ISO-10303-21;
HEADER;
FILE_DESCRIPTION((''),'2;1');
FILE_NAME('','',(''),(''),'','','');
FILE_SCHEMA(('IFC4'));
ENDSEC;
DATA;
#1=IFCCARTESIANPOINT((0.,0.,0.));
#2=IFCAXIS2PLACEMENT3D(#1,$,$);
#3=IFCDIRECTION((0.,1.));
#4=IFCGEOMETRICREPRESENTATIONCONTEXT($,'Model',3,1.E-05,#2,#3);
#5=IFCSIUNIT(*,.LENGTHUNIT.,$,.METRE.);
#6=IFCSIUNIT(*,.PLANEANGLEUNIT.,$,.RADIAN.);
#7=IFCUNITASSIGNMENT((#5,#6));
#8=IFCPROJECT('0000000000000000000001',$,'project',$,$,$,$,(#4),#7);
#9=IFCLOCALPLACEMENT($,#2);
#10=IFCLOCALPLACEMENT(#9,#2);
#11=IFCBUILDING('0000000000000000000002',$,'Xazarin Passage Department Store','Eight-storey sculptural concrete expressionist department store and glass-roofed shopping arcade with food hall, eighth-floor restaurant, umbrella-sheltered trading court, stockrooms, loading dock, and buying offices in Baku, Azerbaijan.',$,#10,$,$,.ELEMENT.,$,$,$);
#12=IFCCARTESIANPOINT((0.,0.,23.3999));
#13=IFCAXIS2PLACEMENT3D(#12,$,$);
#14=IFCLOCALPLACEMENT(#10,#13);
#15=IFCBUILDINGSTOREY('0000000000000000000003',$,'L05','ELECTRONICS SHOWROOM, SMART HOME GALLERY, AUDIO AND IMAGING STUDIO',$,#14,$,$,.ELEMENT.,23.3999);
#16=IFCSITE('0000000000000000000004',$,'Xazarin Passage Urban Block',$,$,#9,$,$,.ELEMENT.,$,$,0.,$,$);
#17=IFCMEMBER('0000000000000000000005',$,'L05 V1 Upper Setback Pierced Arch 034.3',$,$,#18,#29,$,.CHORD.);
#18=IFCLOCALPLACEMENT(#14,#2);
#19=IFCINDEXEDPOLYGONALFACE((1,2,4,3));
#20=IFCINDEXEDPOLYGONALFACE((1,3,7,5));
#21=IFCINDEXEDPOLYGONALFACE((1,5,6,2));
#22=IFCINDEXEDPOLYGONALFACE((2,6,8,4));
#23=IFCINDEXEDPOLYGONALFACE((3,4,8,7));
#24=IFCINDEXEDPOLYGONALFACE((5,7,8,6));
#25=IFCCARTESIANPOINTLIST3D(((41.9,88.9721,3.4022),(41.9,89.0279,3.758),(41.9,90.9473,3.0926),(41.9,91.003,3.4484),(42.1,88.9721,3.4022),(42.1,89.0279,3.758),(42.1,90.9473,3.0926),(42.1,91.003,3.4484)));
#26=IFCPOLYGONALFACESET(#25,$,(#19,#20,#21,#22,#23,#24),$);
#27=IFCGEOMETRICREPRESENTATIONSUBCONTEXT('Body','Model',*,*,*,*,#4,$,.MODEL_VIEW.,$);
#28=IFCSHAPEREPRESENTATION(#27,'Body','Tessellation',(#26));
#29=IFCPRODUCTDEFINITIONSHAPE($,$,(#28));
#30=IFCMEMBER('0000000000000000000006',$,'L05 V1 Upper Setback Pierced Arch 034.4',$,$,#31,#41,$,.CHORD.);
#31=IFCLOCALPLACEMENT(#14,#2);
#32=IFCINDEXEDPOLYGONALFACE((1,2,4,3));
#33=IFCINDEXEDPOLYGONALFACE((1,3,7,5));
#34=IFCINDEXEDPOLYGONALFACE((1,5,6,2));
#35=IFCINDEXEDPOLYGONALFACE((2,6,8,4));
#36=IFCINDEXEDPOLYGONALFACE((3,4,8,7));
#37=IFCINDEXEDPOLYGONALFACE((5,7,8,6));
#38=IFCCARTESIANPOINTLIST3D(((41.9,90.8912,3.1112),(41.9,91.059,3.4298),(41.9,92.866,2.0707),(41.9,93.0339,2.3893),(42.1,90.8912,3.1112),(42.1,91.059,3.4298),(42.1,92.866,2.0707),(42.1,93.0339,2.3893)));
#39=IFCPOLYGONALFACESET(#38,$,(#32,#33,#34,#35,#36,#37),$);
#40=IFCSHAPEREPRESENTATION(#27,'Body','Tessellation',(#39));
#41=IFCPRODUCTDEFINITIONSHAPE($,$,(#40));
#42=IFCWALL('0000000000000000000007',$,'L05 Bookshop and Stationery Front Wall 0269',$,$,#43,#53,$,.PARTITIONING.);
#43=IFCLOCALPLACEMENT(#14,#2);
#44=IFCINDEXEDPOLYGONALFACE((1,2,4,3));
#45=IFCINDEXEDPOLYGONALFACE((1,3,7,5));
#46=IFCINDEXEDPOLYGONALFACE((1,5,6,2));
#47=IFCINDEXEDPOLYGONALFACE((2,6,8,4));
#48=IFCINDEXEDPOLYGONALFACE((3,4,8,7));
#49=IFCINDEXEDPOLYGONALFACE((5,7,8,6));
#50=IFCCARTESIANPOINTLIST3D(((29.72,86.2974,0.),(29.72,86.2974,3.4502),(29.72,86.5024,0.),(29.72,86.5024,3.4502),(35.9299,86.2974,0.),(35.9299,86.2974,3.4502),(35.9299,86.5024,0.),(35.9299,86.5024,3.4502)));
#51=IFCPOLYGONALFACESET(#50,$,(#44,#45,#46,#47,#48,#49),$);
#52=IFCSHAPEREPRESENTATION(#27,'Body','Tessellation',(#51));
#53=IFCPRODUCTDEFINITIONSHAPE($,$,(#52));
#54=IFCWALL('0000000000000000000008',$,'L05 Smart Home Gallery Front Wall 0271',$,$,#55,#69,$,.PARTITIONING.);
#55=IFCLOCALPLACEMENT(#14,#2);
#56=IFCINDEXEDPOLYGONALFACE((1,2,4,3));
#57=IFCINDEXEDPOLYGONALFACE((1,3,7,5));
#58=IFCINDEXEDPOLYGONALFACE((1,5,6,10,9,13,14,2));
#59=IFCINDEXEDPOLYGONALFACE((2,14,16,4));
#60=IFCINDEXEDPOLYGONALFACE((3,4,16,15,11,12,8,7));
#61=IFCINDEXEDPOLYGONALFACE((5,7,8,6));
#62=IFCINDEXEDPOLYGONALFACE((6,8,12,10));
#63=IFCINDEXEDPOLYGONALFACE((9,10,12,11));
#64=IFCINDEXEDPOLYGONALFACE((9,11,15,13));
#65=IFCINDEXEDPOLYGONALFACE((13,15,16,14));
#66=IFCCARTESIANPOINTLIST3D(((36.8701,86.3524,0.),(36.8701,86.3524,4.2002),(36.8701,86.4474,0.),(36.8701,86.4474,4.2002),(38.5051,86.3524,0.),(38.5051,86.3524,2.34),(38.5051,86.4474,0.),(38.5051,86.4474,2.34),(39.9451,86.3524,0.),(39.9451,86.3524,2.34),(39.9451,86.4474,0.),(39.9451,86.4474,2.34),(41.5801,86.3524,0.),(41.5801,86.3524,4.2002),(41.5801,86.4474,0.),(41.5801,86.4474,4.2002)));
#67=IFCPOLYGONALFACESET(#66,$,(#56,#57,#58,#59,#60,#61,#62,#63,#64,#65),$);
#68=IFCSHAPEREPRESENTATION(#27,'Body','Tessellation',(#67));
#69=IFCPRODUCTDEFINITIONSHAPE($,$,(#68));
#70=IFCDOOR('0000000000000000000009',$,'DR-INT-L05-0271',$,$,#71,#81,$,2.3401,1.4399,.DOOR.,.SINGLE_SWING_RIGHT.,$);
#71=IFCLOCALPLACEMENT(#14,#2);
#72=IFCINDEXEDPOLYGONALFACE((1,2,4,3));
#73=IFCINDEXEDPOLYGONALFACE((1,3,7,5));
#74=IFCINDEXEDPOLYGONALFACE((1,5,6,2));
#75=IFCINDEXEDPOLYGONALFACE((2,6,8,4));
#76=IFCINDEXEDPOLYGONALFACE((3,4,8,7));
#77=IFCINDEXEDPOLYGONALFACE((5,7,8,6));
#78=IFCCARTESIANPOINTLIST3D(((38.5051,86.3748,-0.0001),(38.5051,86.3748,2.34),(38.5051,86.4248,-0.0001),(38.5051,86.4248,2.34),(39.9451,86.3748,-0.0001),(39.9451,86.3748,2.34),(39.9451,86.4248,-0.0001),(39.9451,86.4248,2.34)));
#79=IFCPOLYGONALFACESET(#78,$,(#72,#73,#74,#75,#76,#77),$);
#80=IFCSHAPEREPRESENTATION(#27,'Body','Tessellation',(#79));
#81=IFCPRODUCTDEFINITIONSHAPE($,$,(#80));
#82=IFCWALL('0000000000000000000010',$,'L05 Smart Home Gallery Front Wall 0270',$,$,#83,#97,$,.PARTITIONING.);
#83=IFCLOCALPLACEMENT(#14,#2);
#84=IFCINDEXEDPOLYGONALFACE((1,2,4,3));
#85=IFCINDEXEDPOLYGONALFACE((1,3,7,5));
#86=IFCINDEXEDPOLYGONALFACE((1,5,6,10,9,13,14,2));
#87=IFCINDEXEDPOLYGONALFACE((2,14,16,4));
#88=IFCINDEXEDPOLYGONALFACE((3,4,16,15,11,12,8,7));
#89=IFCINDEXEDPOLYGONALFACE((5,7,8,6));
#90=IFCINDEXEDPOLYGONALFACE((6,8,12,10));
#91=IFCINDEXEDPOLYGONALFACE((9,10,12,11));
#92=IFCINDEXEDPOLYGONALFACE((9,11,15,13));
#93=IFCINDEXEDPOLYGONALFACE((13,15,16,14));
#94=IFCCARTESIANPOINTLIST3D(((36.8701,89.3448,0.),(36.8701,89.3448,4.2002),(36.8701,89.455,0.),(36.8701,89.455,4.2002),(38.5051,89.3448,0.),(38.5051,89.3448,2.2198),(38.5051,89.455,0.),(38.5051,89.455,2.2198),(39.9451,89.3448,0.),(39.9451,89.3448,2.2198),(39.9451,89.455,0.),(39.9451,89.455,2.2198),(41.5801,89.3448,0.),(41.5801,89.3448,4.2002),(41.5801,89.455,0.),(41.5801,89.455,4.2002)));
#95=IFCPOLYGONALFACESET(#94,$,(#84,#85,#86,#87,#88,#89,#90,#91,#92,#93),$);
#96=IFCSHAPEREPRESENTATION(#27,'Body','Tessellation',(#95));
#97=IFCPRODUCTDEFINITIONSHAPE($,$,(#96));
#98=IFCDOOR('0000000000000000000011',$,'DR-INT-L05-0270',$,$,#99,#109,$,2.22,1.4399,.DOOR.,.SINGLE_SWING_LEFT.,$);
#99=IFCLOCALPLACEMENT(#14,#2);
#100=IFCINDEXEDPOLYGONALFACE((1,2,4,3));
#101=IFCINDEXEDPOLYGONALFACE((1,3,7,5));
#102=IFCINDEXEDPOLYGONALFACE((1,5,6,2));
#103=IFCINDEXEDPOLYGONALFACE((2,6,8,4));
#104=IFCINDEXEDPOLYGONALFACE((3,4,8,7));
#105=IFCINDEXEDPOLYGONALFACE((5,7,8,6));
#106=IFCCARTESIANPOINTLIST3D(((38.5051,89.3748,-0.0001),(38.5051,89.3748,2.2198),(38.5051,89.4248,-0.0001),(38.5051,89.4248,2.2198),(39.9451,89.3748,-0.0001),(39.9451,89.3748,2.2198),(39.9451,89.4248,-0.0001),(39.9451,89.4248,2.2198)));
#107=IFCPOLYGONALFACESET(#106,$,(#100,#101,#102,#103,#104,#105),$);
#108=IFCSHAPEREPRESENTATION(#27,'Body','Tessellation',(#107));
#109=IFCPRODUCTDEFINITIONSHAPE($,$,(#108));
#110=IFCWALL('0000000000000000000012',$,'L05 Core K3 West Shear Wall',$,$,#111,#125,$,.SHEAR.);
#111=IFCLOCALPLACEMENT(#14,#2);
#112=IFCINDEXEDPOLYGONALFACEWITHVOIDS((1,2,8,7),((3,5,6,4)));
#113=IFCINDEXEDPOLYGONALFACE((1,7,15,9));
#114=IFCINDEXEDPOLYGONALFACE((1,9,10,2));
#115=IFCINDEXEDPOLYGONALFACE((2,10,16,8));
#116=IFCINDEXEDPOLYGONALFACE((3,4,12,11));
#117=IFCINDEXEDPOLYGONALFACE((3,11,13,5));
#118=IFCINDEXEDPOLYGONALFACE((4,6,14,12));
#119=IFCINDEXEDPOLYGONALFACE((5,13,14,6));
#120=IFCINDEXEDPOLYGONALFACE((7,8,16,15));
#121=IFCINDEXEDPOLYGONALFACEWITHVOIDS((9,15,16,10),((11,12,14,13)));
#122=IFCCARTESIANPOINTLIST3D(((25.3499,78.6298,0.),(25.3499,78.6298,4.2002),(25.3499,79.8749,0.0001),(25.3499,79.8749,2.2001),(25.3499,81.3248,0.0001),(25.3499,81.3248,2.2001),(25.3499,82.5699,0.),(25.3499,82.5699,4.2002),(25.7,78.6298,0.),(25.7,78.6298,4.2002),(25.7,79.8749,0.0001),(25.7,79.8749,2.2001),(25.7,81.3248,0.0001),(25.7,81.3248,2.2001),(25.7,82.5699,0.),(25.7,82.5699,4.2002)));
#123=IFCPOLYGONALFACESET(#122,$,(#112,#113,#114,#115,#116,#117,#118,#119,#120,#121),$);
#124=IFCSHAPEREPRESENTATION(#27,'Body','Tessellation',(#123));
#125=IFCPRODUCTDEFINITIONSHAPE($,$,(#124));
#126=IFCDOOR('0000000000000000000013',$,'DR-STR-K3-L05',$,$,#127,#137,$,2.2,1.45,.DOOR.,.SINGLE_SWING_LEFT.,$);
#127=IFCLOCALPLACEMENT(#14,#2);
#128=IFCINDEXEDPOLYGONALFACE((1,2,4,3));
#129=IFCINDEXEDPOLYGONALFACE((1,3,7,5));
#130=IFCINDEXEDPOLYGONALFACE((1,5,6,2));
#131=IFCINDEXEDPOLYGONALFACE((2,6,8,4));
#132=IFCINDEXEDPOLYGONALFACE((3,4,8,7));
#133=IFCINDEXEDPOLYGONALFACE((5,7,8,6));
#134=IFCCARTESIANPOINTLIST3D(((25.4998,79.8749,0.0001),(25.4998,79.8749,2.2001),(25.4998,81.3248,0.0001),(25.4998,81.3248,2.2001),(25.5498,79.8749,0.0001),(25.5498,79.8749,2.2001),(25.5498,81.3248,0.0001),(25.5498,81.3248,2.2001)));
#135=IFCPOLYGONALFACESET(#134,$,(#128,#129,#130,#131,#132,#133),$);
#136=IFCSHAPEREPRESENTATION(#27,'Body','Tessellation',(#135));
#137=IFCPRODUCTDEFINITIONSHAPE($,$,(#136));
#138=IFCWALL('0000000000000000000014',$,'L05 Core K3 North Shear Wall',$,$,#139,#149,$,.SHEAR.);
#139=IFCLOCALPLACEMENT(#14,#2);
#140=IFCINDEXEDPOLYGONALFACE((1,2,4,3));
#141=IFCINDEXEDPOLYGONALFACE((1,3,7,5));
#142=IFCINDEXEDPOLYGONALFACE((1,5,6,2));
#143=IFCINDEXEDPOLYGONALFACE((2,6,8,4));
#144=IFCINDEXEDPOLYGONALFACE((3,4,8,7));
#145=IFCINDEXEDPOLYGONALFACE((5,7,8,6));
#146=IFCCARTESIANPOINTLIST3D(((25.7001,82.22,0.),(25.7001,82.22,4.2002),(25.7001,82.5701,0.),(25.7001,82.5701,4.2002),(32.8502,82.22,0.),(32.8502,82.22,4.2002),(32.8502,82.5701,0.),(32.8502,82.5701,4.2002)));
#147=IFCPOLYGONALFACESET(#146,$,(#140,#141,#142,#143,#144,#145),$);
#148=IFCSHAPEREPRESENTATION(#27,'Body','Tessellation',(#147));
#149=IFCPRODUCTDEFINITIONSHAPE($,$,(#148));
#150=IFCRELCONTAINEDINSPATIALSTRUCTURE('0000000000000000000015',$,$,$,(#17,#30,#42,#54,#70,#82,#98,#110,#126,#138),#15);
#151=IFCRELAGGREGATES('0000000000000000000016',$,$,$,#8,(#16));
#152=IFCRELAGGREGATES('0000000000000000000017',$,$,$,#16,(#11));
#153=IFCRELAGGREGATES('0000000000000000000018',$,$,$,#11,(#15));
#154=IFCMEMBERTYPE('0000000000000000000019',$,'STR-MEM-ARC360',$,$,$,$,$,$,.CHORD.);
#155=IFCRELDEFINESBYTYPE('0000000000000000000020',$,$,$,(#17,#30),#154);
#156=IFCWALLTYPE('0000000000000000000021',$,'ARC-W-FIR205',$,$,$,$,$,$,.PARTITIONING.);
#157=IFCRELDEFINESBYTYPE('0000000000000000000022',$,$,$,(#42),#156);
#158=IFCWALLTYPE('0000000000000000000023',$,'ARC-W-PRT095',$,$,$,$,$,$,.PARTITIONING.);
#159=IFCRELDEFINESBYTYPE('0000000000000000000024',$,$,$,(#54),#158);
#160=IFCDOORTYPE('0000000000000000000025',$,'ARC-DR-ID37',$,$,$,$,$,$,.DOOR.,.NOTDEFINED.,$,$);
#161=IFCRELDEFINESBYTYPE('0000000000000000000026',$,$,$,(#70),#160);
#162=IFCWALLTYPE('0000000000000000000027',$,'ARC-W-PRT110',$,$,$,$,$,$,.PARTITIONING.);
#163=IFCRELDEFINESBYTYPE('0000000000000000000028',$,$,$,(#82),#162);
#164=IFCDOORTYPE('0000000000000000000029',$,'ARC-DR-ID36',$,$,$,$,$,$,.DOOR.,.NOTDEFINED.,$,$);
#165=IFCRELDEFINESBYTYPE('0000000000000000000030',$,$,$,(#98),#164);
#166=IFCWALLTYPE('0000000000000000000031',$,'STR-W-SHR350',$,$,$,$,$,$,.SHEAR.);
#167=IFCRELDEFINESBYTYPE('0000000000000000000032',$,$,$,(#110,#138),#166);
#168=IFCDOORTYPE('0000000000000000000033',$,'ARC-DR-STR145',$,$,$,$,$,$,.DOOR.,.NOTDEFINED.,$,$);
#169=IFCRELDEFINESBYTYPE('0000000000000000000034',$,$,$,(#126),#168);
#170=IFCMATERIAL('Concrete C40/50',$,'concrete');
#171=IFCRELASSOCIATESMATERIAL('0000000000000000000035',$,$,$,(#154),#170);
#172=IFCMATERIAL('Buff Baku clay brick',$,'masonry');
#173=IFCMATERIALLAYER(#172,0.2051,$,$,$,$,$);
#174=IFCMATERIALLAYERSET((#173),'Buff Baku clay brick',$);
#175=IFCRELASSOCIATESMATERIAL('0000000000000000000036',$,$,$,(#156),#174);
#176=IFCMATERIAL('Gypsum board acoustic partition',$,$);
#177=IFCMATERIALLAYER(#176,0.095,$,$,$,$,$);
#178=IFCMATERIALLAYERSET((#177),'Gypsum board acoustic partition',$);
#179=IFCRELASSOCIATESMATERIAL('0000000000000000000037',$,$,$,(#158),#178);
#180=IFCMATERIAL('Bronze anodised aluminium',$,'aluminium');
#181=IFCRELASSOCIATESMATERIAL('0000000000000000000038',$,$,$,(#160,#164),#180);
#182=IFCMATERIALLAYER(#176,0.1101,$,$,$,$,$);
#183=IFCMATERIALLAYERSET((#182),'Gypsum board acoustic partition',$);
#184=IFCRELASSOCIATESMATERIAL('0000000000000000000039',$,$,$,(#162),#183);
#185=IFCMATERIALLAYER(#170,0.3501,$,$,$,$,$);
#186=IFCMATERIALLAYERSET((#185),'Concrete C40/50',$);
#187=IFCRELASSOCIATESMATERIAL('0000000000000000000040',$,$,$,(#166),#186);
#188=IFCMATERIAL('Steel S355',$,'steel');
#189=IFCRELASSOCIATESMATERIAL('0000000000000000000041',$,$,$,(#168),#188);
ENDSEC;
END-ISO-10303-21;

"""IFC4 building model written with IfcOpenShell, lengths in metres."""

from ifc_helpers import new_model, si_unit, direction, frame, frame_2d, origin, origin_2d, place, context, subcontext, project, spatial, rectangle, extrude, material, layer, layer_set, material_profile, profile_set, type_object, element, fill, save


model = new_model("IFC4")

# Units and contexts
model_context = context("Model", 3, precision=1e-05, world=origin(), true_north=direction((0.0, 1.0)))
body_context = subcontext(model_context, "Body", "Model", "MODEL_VIEW")
ifc_project = project(units=[si_unit("LENGTHUNIT", "METRE"), si_unit("PLANEANGLEUNIT", "RADIAN")], contexts=[model_context])

# Site, building, storey
site_placement = place(None, origin())
site = spatial("IfcSite", under=ifc_project, at=site_placement, Name="Xazarin Passage Urban Block", CompositionType="ELEMENT", RefElevation=0.0)
building_placement = place(site_placement, origin())
building = spatial("IfcBuilding", under=site, at=building_placement, Name="Xazarin Passage Department Store", Description="Eight-storey sculptural concrete expressionist department store and glass-roofed shopping arcade with food hall, eighth-floor restaurant, umbrella-sheltered trading court, stockrooms, loading dock, and buying offices in Baku, Azerbaijan.", CompositionType="ELEMENT")
storey_placement = place(building_placement, frame((0.0, 0.0, 23.3999)))
storey = spatial("IfcBuildingStorey", under=building, at=storey_placement, Name="L05", Description="ELECTRONICS SHOWROOM, SMART HOME GALLERY, AUDIO AND IMAGING STUDIO", CompositionType="ELEMENT", Elevation=23.3999)

# Shared definitions
ifc_material_1 = material(Name="Concrete C40/50", Category="concrete")

# Shared definitions
ifc_material_2 = material(Name="Bronze anodised aluminium", Category="aluminium")

# Members
ifc_material_profile_1 = material_profile(ifc_material_1, rectangle(XDim=0.2, YDim=0.3601, at=origin_2d()), Name="RC 200x360")
ifc_profile_set_1 = profile_set([ifc_material_profile_1], Name="Concrete C40/50")
member_type_1 = type_object("IfcMemberType", Name="STR-MEM-ARC360", PredefinedType="CHORD", material=ifc_profile_set_1)
for number, where, z_axis, x_axis, name in (
    (1, (42.0, 89.0, 3.5801), (0.0, 0.987939, -0.154846), (-1.0, 0.0, 0.0), "L05 V1 Upper Setback Pierced Arch 034.3"),
):
    element("IfcMember", number, at=place(storey_placement, frame(where, z_axis=z_axis, x_axis=x_axis)), inside=storey, type_object=member_type_1, Name=name, PredefinedType="CHORD", context=body_context, shape_type="SweptSolid", body=[
        extrude(rectangle(XDim=0.2, YDim=0.3601, at=origin_2d()), origin(), (0.0, 0.0, 1.0), 1.9993),
    ])
member_1_placement = place(storey_placement, frame((42.0, 90.9751, 3.2705), z_axis=(0.0, 0.884709, -0.466143), x_axis=(-1.0, 0.0, 0.0)))
element("IfcMember", 2, at=member_1_placement, inside=storey, type_object=member_type_1, Name="L05 V1 Upper Setback Pierced Arch 034.4", PredefinedType="CHORD", context=body_context, shape_type="SweptSolid", body=[
    extrude(rectangle(XDim=0.2, YDim=0.3601, at=origin_2d()), origin(), (0.0, 0.0, 1.0), 2.2322),
])

# Wall
ifc_material_3 = material(Name="Buff Baku clay brick", Category="masonry")
ifc_layer_1 = layer(ifc_material_3, 0.2051)
ifc_layer_set_1 = layer_set([ifc_layer_1], Name="Buff Baku clay brick")
wall_type_1 = type_object("IfcWallType", Name="ARC-W-FIR205", PredefinedType="PARTITIONING", material=ifc_layer_set_1)
wall_1_placement = place(storey_placement, frame((29.72, 86.3999, 0.0), z_axis=(0.0, 0.0, 1.0), x_axis=(1.0, 0.0, 0.0)))
element("IfcWall", 3, at=wall_1_placement, inside=storey, type_object=wall_type_1, Name="L05 Bookshop and Stationery Front Wall 0269", PredefinedType="PARTITIONING", context=body_context, shape_type="SweptSolid", body=[
    extrude(rectangle(XDim=6.21, YDim=0.2051, at=frame_2d((3.105, 0.0))), origin(), (0.0, 0.0, 1.0), 3.4502),
])

# Walls, openings, doors
ifc_material_4 = material(Name="Gypsum board acoustic partition")
ifc_layer_2 = layer(ifc_material_4, 0.095)
ifc_layer_set_2 = layer_set([ifc_layer_2], Name="Gypsum board acoustic partition")
wall_type_2 = type_object("IfcWallType", Name="ARC-W-PRT095", PredefinedType="PARTITIONING", material=ifc_layer_set_2)
wall_2_placement = place(storey_placement, frame((36.8701, 86.3999, 0.0), z_axis=(0.0, 0.0, 1.0), x_axis=(1.0, 0.0, 0.0)))
wall_2 = element("IfcWall", 4, at=wall_2_placement, inside=storey, type_object=wall_type_2, Name="L05 Smart Home Gallery Front Wall 0271", PredefinedType="PARTITIONING", context=body_context, shape_type="SweptSolid", body=[
    extrude(rectangle(XDim=4.71, YDim=0.095, at=frame_2d((2.355, 0.0))), origin(), (0.0, 0.0, 1.0), 4.2002),
])
opening_1_placement = place(wall_2_placement, frame((1.635, 0.0, 0.0)))
opening_1 = element("IfcOpeningElement", 5, at=opening_1_placement, cuts=wall_2, PredefinedType="OPENING", context=body_context, shape_type="SweptSolid", body=[
    extrude(rectangle(XDim=1.4399, YDim=2.3401, at=frame_2d((0.72, 1.1699))), frame((0.0, 0.0574, 0.0), z_axis=(0.0, -1.0, 0.0), x_axis=(1.0, 0.0, 0.0)), (0.0, 0.0, 1.0), 0.115),
])
door_type_1 = type_object("IfcDoorType", Name="ARC-DR-ID37", OperationType="NOTDEFINED", PredefinedType="DOOR", material=ifc_material_2)
door_1_placement = place(opening_1_placement, origin())
door_1 = element("IfcDoor", 6, at=door_1_placement, inside=storey, type_object=door_type_1, Name="DR-INT-L05-0271", OperationType="SINGLE_SWING_RIGHT", OverallHeight=2.3401, OverallWidth=1.4399, PredefinedType="DOOR", context=body_context, shape_type="SweptSolid", body=[
    extrude(rectangle(XDim=1.4399, YDim=2.3401, at=frame_2d((0.72, 1.1699))), frame((0.0, 0.0249, 0.0), z_axis=(0.0, -1.0, 0.0), x_axis=(1.0, 0.0, 0.0)), (0.0, 0.0, 1.0), 0.05),
])
fill(opening_1, door_1)
ifc_layer_3 = layer(ifc_material_4, 0.1101)
ifc_layer_set_3 = layer_set([ifc_layer_3], Name="Gypsum board acoustic partition")
wall_type_3 = type_object("IfcWallType", Name="ARC-W-PRT110", PredefinedType="PARTITIONING", material=ifc_layer_set_3)
wall_3_placement = place(storey_placement, frame((36.8701, 89.3999, 0.0), z_axis=(0.0, 0.0, 1.0), x_axis=(1.0, 0.0, 0.0)))
wall_3 = element("IfcWall", 7, at=wall_3_placement, inside=storey, type_object=wall_type_3, Name="L05 Smart Home Gallery Front Wall 0270", PredefinedType="PARTITIONING", context=body_context, shape_type="SweptSolid", body=[
    extrude(rectangle(XDim=4.71, YDim=0.1101, at=frame_2d((2.355, 0.0))), origin(), (0.0, 0.0, 1.0), 4.2002),
])
opening_2_placement = place(wall_3_placement, frame((1.635, 0.0, 0.0)))
opening_2 = element("IfcOpeningElement", 8, at=opening_2_placement, cuts=wall_3, PredefinedType="OPENING", context=body_context, shape_type="SweptSolid", body=[
    extrude(rectangle(XDim=1.4399, YDim=2.22, at=frame_2d((0.72, 1.1099))), frame((0.0, 0.0649, 0.0), z_axis=(0.0, -1.0, 0.0), x_axis=(1.0, 0.0, 0.0)), (0.0, 0.0, 1.0), 0.1301),
])
door_type_2 = type_object("IfcDoorType", Name="ARC-DR-ID36", OperationType="NOTDEFINED", PredefinedType="DOOR", material=ifc_material_2)
door_2_placement = place(opening_2_placement, origin())
door_2 = element("IfcDoor", 9, at=door_2_placement, inside=storey, type_object=door_type_2, Name="DR-INT-L05-0270", OperationType="SINGLE_SWING_LEFT", OverallHeight=2.22, OverallWidth=1.4399, PredefinedType="DOOR", context=body_context, shape_type="SweptSolid", body=[
    extrude(rectangle(XDim=1.4399, YDim=2.22, at=frame_2d((0.72, 1.1099))), frame((0.0, 0.0249, 0.0), z_axis=(0.0, -1.0, 0.0), x_axis=(1.0, 0.0, 0.0)), (0.0, 0.0, 1.0), 0.05),
])
fill(opening_2, door_2)
ifc_layer_4 = layer(ifc_material_1, 0.3501)
ifc_layer_set_4 = layer_set([ifc_layer_4], Name="Concrete C40/50")
wall_type_4 = type_object("IfcWallType", Name="STR-W-SHR350", PredefinedType="SHEAR", material=ifc_layer_set_4)
wall_4_placement = place(storey_placement, frame((25.5249, 82.5701, 0.0), z_axis=(0.0, 0.0, 1.0), x_axis=(0.0, -1.0, 0.0)))
wall_4 = element("IfcWall", 10, at=wall_4_placement, inside=storey, type_object=wall_type_4, Name="L05 Core K3 West Shear Wall", PredefinedType="SHEAR", context=body_context, shape_type="SweptSolid", body=[
    extrude(rectangle(XDim=3.9402, YDim=0.3501, at=frame_2d((1.9702, 0.0))), origin(), (0.0, 0.0, 1.0), 4.2002),
])
opening_3_placement = place(wall_4_placement, frame((1.2451, 0.0, 0.0)))
opening_3 = element("IfcOpeningElement", 11, at=opening_3_placement, cuts=wall_4, PredefinedType="OPENING", context=body_context, shape_type="SweptSolid", body=[
    extrude(rectangle(XDim=1.45, YDim=2.2, at=frame_2d((0.7251, 1.1001))), frame((0.0, 0.1851, 0.0), z_axis=(0.0, -1.0, 0.0), x_axis=(1.0, 0.0, 0.0)), (0.0, 0.0, 1.0), 0.3701),
])
ifc_material_5 = material(Name="Steel S355", Category="steel")
door_type_3 = type_object("IfcDoorType", Name="ARC-DR-STR145", OperationType="NOTDEFINED", PredefinedType="DOOR", material=ifc_material_5)
door_3_placement = place(opening_3_placement, origin())
door_3 = element("IfcDoor", 12, at=door_3_placement, inside=storey, type_object=door_type_3, Name="DR-STR-K3-L05", OperationType="SINGLE_SWING_LEFT", OverallHeight=2.2, OverallWidth=1.45, PredefinedType="DOOR", context=body_context, shape_type="SweptSolid", body=[
    extrude(rectangle(XDim=1.45, YDim=2.2, at=frame_2d((0.7251, 1.1001))), frame((0.0, 0.0249, 0.0), z_axis=(0.0, -1.0, 0.0), x_axis=(1.0, 0.0, 0.0)), (0.0, 0.0, 1.0), 0.05),
])
fill(opening_3, door_3)

# Wall
wall_5_placement = place(storey_placement, frame((25.7, 82.395, 0.0), z_axis=(0.0, 0.0, 1.0), x_axis=(1.0, 0.0, 0.0)))
element("IfcWall", 13, at=wall_5_placement, inside=storey, type_object=wall_type_4, Name="L05 Core K3 North Shear Wall", PredefinedType="SHEAR", context=body_context, shape_type="SweptSolid", body=[
    extrude(rectangle(XDim=7.1501, YDim=0.3501, at=frame_2d((3.5752, 0.0))), origin(), (0.0, 0.0, 1.0), 4.2002),
])

save(model, "model.ifc")
